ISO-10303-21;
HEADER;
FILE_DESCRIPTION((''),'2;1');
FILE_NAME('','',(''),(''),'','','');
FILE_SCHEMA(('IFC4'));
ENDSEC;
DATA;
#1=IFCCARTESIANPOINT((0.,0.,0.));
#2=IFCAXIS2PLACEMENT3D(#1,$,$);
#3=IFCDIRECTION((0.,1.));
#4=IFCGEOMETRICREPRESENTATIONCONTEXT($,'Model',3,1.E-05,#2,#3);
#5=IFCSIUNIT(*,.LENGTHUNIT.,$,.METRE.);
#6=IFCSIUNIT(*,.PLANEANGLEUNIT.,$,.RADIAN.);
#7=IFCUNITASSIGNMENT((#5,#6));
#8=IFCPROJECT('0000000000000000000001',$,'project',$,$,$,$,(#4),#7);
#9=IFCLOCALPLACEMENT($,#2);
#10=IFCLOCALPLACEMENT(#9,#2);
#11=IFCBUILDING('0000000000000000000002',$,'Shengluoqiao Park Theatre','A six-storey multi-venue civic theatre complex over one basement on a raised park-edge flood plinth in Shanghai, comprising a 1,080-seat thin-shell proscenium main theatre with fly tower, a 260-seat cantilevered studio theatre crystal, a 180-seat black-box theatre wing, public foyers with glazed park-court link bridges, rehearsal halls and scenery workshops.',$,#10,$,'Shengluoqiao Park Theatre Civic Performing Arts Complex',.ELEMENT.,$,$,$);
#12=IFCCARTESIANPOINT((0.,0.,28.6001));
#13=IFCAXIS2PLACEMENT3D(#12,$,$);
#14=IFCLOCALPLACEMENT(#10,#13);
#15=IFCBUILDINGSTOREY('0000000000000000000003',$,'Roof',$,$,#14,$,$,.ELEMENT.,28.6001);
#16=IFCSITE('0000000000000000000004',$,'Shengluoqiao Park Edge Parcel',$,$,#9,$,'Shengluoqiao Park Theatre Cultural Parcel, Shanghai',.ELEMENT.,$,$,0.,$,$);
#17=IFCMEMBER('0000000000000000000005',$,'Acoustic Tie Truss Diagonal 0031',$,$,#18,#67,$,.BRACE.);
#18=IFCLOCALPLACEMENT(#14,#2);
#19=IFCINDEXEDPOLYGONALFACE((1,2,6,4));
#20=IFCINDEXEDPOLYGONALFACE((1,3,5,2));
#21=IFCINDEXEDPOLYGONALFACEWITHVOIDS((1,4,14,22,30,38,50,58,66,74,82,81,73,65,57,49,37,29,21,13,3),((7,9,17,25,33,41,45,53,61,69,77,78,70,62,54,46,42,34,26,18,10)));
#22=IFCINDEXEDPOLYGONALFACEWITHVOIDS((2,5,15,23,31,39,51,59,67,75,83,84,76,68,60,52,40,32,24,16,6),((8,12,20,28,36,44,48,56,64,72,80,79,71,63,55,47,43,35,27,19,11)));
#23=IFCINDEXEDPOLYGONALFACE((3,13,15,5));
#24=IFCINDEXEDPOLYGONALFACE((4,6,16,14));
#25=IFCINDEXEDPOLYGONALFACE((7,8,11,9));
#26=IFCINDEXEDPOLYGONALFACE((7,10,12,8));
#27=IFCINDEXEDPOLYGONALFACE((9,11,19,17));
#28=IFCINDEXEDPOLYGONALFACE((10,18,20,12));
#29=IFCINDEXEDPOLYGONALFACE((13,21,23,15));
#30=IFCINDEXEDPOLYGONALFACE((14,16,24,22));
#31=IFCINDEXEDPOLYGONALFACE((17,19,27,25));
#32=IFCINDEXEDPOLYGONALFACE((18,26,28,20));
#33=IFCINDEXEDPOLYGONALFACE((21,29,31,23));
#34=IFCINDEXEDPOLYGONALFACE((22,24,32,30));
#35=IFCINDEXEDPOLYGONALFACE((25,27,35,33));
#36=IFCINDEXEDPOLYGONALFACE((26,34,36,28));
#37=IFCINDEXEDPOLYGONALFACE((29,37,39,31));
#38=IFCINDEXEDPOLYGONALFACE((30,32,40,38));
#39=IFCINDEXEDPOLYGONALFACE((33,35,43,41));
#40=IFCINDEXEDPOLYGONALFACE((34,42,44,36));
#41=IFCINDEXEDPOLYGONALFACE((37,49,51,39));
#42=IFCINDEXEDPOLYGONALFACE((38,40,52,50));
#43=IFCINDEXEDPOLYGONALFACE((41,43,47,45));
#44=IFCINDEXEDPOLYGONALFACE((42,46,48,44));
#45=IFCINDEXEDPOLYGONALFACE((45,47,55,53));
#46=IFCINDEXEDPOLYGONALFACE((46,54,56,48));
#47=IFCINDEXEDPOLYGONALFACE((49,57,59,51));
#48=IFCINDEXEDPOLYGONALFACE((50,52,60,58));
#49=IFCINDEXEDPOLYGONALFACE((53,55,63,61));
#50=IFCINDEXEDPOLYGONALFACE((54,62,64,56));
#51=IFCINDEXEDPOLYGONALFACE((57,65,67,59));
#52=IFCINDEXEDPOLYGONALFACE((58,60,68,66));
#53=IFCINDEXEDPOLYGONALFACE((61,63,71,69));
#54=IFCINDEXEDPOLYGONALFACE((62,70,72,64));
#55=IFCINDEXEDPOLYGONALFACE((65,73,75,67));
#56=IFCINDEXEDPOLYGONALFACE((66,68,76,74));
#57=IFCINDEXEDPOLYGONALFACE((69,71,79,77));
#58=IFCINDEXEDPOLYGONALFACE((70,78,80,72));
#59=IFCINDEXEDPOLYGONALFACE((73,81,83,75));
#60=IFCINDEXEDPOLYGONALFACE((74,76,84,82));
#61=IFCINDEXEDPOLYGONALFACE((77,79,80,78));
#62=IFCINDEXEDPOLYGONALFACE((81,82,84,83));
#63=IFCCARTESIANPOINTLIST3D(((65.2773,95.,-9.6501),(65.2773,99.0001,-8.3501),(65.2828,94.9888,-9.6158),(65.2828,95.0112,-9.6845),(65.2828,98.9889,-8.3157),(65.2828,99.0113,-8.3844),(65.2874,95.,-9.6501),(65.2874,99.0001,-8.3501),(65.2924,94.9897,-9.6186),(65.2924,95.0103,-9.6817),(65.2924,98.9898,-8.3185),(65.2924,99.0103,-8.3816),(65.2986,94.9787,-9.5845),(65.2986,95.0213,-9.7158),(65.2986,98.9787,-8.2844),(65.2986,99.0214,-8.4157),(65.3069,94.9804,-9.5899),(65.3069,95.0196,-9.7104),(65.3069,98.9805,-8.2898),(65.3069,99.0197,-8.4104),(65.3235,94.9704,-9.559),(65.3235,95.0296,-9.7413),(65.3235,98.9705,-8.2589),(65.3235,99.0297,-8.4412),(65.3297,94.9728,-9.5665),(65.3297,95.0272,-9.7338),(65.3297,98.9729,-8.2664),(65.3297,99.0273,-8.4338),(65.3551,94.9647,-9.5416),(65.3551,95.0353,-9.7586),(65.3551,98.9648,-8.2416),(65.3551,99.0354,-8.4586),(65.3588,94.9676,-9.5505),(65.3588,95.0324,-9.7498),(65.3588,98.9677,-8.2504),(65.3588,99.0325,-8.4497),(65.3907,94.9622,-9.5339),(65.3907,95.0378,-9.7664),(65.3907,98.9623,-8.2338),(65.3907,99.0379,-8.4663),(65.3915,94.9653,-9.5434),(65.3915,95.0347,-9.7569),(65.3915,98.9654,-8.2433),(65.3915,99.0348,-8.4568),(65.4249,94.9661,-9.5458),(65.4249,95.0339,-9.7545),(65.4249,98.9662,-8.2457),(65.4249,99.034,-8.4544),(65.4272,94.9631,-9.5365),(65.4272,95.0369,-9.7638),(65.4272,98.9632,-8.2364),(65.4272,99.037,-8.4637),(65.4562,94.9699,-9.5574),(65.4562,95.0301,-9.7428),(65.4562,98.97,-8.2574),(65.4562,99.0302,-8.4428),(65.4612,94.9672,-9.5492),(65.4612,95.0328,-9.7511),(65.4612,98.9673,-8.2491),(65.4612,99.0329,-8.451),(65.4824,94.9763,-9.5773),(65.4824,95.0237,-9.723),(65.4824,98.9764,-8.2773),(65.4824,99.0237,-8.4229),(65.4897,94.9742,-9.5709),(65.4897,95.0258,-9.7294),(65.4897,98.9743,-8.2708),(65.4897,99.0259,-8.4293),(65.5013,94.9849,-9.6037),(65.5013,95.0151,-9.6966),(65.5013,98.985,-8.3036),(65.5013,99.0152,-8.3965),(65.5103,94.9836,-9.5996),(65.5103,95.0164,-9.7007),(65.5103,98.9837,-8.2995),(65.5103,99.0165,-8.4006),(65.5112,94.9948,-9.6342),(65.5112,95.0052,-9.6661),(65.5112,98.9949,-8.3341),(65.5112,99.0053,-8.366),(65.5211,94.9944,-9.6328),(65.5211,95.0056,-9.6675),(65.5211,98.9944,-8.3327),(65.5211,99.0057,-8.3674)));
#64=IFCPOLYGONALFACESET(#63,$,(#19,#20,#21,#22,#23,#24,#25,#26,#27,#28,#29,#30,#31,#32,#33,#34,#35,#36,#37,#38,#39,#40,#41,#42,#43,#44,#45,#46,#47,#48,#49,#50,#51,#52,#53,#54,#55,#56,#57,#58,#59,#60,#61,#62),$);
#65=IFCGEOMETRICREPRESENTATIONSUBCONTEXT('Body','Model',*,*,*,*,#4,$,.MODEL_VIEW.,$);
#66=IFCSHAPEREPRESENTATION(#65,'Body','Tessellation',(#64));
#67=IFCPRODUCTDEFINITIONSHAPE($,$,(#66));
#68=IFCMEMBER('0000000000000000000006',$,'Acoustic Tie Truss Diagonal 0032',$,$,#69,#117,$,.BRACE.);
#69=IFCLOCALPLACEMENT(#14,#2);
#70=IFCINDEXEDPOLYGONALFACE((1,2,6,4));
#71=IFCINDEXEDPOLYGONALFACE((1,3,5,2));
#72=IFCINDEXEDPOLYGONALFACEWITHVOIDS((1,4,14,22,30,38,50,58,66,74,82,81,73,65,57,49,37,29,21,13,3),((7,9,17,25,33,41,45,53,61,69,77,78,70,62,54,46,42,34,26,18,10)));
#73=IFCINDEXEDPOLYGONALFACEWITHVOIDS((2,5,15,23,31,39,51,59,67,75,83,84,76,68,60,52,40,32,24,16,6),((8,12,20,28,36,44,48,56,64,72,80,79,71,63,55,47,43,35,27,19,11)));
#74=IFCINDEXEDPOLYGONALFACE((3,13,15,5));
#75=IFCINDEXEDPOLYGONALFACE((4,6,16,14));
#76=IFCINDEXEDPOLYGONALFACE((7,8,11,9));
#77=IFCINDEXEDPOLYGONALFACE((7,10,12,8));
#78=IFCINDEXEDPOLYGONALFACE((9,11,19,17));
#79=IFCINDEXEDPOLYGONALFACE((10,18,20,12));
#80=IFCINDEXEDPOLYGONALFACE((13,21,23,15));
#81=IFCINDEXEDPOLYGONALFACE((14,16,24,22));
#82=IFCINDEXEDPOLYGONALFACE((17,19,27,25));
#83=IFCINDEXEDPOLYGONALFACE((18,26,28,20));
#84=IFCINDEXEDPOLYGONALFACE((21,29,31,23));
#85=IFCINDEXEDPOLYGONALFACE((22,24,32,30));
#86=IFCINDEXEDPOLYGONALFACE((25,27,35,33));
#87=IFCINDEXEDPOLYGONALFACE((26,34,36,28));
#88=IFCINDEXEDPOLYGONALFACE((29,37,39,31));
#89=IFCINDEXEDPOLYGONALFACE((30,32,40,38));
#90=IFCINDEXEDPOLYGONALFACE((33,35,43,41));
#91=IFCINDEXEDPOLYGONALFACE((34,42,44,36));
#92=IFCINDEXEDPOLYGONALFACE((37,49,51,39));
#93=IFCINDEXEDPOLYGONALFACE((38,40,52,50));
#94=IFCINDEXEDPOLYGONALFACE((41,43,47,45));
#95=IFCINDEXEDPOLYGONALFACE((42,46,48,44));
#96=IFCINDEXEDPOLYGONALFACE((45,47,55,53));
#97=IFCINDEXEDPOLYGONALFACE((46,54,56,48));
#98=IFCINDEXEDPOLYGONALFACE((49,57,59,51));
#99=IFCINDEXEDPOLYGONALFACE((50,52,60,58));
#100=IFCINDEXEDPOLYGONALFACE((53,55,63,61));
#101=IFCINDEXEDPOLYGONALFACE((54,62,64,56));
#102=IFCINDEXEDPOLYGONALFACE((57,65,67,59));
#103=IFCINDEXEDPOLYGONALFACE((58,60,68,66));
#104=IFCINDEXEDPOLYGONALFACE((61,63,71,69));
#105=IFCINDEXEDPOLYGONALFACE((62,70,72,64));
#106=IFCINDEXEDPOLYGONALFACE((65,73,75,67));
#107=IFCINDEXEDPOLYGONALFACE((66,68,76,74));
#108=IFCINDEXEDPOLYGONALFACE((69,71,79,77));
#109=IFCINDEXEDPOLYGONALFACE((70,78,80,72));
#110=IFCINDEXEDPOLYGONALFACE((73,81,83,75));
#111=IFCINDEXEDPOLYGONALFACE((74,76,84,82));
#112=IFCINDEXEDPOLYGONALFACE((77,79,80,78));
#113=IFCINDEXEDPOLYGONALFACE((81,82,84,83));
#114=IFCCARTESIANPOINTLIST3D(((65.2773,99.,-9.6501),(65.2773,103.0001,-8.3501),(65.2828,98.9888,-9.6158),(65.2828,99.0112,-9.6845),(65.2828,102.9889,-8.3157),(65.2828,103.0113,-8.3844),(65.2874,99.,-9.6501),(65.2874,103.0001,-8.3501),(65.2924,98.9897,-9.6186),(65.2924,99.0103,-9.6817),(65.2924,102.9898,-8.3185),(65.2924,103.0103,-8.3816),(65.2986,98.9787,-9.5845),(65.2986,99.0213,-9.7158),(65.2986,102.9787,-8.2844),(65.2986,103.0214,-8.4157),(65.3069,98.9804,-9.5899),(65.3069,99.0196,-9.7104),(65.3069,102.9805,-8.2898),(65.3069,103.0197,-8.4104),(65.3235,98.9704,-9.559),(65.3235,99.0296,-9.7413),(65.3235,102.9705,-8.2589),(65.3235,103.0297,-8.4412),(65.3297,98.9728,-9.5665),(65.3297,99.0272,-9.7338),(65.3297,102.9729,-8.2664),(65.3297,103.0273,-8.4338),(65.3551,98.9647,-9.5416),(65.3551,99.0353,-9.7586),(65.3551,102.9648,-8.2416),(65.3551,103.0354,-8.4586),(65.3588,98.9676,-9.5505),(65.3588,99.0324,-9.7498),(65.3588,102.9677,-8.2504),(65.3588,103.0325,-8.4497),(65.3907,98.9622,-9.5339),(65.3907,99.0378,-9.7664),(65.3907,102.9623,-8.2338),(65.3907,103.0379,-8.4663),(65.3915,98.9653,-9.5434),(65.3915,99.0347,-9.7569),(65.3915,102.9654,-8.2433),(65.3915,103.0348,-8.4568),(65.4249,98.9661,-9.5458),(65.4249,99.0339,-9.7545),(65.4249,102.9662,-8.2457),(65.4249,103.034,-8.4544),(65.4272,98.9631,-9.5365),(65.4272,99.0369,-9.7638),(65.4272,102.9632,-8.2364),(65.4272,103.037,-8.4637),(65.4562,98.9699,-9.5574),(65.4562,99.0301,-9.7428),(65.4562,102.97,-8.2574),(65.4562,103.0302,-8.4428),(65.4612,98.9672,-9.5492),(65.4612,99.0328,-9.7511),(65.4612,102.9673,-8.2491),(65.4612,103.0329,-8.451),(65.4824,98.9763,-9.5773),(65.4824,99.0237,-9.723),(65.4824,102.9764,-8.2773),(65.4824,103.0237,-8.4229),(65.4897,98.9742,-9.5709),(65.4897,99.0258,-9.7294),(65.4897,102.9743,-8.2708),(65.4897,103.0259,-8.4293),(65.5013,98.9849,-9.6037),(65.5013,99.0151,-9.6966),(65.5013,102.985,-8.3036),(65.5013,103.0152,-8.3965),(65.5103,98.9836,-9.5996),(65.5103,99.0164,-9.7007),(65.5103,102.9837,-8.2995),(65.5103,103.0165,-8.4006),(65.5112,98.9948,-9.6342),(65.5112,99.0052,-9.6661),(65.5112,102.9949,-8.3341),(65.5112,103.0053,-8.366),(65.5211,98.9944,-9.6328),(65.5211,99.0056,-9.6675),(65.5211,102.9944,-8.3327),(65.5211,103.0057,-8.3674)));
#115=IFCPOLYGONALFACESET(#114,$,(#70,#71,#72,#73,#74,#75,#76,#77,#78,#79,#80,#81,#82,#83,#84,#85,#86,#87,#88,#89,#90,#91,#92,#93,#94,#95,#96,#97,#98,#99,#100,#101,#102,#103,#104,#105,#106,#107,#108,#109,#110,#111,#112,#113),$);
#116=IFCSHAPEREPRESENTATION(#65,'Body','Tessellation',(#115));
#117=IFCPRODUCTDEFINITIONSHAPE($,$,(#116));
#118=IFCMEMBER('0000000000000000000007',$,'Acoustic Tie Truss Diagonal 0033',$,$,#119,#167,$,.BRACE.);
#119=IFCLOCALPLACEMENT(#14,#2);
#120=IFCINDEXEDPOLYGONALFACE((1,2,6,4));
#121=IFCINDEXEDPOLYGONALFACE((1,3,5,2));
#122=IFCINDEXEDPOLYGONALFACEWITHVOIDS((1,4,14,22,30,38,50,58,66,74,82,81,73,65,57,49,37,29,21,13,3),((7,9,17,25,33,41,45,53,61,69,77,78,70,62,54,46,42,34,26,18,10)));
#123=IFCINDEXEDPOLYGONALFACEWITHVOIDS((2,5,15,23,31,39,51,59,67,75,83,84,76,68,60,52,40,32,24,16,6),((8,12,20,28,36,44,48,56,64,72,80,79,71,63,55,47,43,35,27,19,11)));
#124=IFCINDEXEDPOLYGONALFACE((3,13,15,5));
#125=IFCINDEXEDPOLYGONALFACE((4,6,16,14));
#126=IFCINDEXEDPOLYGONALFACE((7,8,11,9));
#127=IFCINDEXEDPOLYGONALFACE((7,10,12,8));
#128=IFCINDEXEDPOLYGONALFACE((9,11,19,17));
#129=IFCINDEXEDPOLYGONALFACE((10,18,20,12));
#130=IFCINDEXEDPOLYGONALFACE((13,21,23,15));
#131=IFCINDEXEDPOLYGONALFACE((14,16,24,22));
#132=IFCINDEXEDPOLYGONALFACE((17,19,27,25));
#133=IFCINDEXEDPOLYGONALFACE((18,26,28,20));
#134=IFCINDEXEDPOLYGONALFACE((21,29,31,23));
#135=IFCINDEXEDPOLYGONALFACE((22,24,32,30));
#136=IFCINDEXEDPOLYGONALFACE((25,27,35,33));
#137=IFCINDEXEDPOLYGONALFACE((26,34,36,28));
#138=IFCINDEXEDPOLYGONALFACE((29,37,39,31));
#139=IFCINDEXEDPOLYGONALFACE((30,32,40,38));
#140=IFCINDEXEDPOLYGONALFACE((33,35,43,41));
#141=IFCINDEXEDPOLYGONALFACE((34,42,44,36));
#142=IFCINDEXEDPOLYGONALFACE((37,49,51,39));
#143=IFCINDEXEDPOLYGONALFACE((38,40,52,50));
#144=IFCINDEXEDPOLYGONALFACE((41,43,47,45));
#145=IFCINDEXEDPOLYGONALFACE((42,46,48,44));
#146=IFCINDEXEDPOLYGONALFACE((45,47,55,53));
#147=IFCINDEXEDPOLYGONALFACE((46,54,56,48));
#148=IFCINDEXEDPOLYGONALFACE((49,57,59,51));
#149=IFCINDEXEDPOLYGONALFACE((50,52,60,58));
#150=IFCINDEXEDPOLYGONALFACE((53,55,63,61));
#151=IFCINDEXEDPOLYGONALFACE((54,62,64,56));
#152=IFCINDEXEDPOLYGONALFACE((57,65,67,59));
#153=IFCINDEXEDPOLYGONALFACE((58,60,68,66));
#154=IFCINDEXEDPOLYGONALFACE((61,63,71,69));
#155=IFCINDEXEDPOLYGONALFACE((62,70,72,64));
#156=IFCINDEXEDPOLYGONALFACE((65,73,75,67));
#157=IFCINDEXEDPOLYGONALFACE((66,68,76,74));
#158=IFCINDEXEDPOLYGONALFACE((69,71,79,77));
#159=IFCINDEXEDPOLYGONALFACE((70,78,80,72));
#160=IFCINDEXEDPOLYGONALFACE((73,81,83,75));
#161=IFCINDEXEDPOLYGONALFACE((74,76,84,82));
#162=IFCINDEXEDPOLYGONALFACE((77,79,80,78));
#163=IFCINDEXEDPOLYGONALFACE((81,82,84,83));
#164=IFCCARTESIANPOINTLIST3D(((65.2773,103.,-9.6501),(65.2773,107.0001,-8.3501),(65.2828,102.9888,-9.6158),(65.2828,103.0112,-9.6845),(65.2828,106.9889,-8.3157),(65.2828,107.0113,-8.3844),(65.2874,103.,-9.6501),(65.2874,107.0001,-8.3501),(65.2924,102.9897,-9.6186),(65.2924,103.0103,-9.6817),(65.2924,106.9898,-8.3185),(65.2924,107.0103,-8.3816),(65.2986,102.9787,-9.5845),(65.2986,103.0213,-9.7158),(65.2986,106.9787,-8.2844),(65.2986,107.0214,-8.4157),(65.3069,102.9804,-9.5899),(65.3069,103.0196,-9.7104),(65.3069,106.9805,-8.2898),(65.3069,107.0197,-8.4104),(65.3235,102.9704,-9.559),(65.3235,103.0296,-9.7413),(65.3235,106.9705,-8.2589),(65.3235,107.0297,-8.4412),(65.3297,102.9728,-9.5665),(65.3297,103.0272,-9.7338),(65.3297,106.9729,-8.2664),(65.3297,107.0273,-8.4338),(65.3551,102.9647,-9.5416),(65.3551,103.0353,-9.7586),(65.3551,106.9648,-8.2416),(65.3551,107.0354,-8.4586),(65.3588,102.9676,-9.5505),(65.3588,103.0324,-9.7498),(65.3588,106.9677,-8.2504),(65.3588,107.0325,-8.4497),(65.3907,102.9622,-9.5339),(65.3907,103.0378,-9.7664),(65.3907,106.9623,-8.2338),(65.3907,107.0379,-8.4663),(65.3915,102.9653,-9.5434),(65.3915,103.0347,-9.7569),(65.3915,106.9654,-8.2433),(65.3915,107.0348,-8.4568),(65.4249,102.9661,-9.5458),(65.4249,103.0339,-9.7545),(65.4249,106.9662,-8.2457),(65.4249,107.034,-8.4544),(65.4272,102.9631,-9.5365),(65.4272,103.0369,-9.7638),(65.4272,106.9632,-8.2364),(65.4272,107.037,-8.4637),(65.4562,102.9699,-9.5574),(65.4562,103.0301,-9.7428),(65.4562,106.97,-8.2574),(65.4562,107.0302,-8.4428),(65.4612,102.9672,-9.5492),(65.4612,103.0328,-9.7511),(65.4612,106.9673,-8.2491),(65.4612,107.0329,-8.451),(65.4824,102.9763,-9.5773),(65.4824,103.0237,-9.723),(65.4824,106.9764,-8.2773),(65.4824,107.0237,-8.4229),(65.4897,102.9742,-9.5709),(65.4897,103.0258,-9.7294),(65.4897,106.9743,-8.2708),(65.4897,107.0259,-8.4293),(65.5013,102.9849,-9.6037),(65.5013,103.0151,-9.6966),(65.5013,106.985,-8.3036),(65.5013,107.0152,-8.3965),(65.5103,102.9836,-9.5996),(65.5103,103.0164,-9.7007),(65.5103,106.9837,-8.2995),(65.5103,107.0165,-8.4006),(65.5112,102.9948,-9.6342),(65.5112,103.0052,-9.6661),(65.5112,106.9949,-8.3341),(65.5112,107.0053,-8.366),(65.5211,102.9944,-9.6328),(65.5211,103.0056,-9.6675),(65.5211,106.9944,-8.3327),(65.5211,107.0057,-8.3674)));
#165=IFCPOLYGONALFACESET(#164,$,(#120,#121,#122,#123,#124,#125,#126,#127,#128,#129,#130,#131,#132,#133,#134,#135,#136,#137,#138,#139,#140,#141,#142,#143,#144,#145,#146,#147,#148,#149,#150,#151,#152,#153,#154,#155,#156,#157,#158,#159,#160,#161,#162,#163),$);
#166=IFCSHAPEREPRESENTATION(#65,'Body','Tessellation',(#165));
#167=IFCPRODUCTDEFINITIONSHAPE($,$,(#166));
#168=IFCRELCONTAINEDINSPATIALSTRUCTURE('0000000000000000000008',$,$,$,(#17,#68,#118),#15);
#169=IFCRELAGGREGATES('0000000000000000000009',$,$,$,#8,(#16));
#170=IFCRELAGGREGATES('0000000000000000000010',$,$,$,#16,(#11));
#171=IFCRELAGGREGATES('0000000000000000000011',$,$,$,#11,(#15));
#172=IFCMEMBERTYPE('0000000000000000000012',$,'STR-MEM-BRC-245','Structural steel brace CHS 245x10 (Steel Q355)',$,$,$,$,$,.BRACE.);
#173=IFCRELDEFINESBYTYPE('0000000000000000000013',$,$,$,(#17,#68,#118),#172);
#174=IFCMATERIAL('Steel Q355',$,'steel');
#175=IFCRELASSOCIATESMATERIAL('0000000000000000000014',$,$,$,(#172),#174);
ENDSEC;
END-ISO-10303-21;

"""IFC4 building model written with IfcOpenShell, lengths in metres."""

from ifc_helpers import new_model, si_unit, direction, frame, origin, origin_2d, place, context, subcontext, project, spatial, hollow_circle, extrude, material, material_profile, profile_set, type_object, element, save


model = new_model("IFC4")

# Units and contexts
model_context = context("Model", 3, precision=1e-05, world=origin(), true_north=direction((0.0, 1.0)))
body_context = subcontext(model_context, "Body", "Model", "MODEL_VIEW")
ifc_project = project(units=[si_unit("LENGTHUNIT", "METRE"), si_unit("PLANEANGLEUNIT", "RADIAN")], contexts=[model_context])

# Site, building, storey
site_placement = place(None, origin())
site = spatial("IfcSite", under=ifc_project, at=site_placement, Name="Shengluoqiao Park Edge Parcel", LongName="Shengluoqiao Park Theatre Cultural Parcel, Shanghai", CompositionType="ELEMENT", RefElevation=0.0)
building_placement = place(site_placement, origin())
building = spatial("IfcBuilding", under=site, at=building_placement, Name="Shengluoqiao Park Theatre", Description="A six-storey multi-venue civic theatre complex over one basement on a raised park-edge flood plinth in Shanghai, comprising a 1,080-seat thin-shell proscenium main theatre with fly tower, a 260-seat cantilevered studio theatre crystal, a 180-seat black-box theatre wing, public foyers with glazed park-court link bridges, rehearsal halls and scenery workshops.", LongName="Shengluoqiao Park Theatre Civic Performing Arts Complex", CompositionType="ELEMENT")
storey_placement = place(building_placement, frame((0.0, 0.0, 28.6001)))
storey = spatial("IfcBuildingStorey", under=building, at=storey_placement, Name="Roof", CompositionType="ELEMENT", Elevation=28.6001)

# Shared definitions
ifc_material = material(Name="Steel Q355", Category="steel")

# Members
ifc_material_profile_1 = material_profile(ifc_material, hollow_circle(Radius=0.1226, WallThickness=0.01, at=origin_2d()), Name="CHS 245x10")
ifc_profile_set_1 = profile_set([ifc_material_profile_1], Name="Steel Q355")
member_type_1 = type_object("IfcMemberType", Name="STR-MEM-BRC-245", Description="Structural steel brace CHS 245x10 (Steel Q355)", PredefinedType="BRACE", material=ifc_profile_set_1)
for number, where, z_axis, x_axis, name in (
    (1, (65.3999, 95.0, -9.6501), (0.0, 0.951031, 0.309097), (-1.0, 0.0, 0.0), "Acoustic Tie Truss Diagonal 0031"),
    (2, (65.3999, 99.0, -9.6501), (0.0, 0.951031, 0.309097), (-1.0, 0.0, 0.0), "Acoustic Tie Truss Diagonal 0032"),
    (3, (65.3999, 103.0, -9.6501), (0.0, 0.951031, 0.309097), (-1.0, 0.0, 0.0), "Acoustic Tie Truss Diagonal 0033"),
):
    element("IfcMember", number, at=place(storey_placement, frame(where, z_axis=z_axis, x_axis=x_axis)), inside=storey, type_object=member_type_1, Name=name, PredefinedType="BRACE", context=body_context, shape_type="SweptSolid", body=[
        extrude(hollow_circle(Radius=0.1226, WallThickness=0.01, at=origin_2d()), origin(), (0.0, 0.0, 1.0), 4.2061),
    ])

save(model, "model.ifc")
